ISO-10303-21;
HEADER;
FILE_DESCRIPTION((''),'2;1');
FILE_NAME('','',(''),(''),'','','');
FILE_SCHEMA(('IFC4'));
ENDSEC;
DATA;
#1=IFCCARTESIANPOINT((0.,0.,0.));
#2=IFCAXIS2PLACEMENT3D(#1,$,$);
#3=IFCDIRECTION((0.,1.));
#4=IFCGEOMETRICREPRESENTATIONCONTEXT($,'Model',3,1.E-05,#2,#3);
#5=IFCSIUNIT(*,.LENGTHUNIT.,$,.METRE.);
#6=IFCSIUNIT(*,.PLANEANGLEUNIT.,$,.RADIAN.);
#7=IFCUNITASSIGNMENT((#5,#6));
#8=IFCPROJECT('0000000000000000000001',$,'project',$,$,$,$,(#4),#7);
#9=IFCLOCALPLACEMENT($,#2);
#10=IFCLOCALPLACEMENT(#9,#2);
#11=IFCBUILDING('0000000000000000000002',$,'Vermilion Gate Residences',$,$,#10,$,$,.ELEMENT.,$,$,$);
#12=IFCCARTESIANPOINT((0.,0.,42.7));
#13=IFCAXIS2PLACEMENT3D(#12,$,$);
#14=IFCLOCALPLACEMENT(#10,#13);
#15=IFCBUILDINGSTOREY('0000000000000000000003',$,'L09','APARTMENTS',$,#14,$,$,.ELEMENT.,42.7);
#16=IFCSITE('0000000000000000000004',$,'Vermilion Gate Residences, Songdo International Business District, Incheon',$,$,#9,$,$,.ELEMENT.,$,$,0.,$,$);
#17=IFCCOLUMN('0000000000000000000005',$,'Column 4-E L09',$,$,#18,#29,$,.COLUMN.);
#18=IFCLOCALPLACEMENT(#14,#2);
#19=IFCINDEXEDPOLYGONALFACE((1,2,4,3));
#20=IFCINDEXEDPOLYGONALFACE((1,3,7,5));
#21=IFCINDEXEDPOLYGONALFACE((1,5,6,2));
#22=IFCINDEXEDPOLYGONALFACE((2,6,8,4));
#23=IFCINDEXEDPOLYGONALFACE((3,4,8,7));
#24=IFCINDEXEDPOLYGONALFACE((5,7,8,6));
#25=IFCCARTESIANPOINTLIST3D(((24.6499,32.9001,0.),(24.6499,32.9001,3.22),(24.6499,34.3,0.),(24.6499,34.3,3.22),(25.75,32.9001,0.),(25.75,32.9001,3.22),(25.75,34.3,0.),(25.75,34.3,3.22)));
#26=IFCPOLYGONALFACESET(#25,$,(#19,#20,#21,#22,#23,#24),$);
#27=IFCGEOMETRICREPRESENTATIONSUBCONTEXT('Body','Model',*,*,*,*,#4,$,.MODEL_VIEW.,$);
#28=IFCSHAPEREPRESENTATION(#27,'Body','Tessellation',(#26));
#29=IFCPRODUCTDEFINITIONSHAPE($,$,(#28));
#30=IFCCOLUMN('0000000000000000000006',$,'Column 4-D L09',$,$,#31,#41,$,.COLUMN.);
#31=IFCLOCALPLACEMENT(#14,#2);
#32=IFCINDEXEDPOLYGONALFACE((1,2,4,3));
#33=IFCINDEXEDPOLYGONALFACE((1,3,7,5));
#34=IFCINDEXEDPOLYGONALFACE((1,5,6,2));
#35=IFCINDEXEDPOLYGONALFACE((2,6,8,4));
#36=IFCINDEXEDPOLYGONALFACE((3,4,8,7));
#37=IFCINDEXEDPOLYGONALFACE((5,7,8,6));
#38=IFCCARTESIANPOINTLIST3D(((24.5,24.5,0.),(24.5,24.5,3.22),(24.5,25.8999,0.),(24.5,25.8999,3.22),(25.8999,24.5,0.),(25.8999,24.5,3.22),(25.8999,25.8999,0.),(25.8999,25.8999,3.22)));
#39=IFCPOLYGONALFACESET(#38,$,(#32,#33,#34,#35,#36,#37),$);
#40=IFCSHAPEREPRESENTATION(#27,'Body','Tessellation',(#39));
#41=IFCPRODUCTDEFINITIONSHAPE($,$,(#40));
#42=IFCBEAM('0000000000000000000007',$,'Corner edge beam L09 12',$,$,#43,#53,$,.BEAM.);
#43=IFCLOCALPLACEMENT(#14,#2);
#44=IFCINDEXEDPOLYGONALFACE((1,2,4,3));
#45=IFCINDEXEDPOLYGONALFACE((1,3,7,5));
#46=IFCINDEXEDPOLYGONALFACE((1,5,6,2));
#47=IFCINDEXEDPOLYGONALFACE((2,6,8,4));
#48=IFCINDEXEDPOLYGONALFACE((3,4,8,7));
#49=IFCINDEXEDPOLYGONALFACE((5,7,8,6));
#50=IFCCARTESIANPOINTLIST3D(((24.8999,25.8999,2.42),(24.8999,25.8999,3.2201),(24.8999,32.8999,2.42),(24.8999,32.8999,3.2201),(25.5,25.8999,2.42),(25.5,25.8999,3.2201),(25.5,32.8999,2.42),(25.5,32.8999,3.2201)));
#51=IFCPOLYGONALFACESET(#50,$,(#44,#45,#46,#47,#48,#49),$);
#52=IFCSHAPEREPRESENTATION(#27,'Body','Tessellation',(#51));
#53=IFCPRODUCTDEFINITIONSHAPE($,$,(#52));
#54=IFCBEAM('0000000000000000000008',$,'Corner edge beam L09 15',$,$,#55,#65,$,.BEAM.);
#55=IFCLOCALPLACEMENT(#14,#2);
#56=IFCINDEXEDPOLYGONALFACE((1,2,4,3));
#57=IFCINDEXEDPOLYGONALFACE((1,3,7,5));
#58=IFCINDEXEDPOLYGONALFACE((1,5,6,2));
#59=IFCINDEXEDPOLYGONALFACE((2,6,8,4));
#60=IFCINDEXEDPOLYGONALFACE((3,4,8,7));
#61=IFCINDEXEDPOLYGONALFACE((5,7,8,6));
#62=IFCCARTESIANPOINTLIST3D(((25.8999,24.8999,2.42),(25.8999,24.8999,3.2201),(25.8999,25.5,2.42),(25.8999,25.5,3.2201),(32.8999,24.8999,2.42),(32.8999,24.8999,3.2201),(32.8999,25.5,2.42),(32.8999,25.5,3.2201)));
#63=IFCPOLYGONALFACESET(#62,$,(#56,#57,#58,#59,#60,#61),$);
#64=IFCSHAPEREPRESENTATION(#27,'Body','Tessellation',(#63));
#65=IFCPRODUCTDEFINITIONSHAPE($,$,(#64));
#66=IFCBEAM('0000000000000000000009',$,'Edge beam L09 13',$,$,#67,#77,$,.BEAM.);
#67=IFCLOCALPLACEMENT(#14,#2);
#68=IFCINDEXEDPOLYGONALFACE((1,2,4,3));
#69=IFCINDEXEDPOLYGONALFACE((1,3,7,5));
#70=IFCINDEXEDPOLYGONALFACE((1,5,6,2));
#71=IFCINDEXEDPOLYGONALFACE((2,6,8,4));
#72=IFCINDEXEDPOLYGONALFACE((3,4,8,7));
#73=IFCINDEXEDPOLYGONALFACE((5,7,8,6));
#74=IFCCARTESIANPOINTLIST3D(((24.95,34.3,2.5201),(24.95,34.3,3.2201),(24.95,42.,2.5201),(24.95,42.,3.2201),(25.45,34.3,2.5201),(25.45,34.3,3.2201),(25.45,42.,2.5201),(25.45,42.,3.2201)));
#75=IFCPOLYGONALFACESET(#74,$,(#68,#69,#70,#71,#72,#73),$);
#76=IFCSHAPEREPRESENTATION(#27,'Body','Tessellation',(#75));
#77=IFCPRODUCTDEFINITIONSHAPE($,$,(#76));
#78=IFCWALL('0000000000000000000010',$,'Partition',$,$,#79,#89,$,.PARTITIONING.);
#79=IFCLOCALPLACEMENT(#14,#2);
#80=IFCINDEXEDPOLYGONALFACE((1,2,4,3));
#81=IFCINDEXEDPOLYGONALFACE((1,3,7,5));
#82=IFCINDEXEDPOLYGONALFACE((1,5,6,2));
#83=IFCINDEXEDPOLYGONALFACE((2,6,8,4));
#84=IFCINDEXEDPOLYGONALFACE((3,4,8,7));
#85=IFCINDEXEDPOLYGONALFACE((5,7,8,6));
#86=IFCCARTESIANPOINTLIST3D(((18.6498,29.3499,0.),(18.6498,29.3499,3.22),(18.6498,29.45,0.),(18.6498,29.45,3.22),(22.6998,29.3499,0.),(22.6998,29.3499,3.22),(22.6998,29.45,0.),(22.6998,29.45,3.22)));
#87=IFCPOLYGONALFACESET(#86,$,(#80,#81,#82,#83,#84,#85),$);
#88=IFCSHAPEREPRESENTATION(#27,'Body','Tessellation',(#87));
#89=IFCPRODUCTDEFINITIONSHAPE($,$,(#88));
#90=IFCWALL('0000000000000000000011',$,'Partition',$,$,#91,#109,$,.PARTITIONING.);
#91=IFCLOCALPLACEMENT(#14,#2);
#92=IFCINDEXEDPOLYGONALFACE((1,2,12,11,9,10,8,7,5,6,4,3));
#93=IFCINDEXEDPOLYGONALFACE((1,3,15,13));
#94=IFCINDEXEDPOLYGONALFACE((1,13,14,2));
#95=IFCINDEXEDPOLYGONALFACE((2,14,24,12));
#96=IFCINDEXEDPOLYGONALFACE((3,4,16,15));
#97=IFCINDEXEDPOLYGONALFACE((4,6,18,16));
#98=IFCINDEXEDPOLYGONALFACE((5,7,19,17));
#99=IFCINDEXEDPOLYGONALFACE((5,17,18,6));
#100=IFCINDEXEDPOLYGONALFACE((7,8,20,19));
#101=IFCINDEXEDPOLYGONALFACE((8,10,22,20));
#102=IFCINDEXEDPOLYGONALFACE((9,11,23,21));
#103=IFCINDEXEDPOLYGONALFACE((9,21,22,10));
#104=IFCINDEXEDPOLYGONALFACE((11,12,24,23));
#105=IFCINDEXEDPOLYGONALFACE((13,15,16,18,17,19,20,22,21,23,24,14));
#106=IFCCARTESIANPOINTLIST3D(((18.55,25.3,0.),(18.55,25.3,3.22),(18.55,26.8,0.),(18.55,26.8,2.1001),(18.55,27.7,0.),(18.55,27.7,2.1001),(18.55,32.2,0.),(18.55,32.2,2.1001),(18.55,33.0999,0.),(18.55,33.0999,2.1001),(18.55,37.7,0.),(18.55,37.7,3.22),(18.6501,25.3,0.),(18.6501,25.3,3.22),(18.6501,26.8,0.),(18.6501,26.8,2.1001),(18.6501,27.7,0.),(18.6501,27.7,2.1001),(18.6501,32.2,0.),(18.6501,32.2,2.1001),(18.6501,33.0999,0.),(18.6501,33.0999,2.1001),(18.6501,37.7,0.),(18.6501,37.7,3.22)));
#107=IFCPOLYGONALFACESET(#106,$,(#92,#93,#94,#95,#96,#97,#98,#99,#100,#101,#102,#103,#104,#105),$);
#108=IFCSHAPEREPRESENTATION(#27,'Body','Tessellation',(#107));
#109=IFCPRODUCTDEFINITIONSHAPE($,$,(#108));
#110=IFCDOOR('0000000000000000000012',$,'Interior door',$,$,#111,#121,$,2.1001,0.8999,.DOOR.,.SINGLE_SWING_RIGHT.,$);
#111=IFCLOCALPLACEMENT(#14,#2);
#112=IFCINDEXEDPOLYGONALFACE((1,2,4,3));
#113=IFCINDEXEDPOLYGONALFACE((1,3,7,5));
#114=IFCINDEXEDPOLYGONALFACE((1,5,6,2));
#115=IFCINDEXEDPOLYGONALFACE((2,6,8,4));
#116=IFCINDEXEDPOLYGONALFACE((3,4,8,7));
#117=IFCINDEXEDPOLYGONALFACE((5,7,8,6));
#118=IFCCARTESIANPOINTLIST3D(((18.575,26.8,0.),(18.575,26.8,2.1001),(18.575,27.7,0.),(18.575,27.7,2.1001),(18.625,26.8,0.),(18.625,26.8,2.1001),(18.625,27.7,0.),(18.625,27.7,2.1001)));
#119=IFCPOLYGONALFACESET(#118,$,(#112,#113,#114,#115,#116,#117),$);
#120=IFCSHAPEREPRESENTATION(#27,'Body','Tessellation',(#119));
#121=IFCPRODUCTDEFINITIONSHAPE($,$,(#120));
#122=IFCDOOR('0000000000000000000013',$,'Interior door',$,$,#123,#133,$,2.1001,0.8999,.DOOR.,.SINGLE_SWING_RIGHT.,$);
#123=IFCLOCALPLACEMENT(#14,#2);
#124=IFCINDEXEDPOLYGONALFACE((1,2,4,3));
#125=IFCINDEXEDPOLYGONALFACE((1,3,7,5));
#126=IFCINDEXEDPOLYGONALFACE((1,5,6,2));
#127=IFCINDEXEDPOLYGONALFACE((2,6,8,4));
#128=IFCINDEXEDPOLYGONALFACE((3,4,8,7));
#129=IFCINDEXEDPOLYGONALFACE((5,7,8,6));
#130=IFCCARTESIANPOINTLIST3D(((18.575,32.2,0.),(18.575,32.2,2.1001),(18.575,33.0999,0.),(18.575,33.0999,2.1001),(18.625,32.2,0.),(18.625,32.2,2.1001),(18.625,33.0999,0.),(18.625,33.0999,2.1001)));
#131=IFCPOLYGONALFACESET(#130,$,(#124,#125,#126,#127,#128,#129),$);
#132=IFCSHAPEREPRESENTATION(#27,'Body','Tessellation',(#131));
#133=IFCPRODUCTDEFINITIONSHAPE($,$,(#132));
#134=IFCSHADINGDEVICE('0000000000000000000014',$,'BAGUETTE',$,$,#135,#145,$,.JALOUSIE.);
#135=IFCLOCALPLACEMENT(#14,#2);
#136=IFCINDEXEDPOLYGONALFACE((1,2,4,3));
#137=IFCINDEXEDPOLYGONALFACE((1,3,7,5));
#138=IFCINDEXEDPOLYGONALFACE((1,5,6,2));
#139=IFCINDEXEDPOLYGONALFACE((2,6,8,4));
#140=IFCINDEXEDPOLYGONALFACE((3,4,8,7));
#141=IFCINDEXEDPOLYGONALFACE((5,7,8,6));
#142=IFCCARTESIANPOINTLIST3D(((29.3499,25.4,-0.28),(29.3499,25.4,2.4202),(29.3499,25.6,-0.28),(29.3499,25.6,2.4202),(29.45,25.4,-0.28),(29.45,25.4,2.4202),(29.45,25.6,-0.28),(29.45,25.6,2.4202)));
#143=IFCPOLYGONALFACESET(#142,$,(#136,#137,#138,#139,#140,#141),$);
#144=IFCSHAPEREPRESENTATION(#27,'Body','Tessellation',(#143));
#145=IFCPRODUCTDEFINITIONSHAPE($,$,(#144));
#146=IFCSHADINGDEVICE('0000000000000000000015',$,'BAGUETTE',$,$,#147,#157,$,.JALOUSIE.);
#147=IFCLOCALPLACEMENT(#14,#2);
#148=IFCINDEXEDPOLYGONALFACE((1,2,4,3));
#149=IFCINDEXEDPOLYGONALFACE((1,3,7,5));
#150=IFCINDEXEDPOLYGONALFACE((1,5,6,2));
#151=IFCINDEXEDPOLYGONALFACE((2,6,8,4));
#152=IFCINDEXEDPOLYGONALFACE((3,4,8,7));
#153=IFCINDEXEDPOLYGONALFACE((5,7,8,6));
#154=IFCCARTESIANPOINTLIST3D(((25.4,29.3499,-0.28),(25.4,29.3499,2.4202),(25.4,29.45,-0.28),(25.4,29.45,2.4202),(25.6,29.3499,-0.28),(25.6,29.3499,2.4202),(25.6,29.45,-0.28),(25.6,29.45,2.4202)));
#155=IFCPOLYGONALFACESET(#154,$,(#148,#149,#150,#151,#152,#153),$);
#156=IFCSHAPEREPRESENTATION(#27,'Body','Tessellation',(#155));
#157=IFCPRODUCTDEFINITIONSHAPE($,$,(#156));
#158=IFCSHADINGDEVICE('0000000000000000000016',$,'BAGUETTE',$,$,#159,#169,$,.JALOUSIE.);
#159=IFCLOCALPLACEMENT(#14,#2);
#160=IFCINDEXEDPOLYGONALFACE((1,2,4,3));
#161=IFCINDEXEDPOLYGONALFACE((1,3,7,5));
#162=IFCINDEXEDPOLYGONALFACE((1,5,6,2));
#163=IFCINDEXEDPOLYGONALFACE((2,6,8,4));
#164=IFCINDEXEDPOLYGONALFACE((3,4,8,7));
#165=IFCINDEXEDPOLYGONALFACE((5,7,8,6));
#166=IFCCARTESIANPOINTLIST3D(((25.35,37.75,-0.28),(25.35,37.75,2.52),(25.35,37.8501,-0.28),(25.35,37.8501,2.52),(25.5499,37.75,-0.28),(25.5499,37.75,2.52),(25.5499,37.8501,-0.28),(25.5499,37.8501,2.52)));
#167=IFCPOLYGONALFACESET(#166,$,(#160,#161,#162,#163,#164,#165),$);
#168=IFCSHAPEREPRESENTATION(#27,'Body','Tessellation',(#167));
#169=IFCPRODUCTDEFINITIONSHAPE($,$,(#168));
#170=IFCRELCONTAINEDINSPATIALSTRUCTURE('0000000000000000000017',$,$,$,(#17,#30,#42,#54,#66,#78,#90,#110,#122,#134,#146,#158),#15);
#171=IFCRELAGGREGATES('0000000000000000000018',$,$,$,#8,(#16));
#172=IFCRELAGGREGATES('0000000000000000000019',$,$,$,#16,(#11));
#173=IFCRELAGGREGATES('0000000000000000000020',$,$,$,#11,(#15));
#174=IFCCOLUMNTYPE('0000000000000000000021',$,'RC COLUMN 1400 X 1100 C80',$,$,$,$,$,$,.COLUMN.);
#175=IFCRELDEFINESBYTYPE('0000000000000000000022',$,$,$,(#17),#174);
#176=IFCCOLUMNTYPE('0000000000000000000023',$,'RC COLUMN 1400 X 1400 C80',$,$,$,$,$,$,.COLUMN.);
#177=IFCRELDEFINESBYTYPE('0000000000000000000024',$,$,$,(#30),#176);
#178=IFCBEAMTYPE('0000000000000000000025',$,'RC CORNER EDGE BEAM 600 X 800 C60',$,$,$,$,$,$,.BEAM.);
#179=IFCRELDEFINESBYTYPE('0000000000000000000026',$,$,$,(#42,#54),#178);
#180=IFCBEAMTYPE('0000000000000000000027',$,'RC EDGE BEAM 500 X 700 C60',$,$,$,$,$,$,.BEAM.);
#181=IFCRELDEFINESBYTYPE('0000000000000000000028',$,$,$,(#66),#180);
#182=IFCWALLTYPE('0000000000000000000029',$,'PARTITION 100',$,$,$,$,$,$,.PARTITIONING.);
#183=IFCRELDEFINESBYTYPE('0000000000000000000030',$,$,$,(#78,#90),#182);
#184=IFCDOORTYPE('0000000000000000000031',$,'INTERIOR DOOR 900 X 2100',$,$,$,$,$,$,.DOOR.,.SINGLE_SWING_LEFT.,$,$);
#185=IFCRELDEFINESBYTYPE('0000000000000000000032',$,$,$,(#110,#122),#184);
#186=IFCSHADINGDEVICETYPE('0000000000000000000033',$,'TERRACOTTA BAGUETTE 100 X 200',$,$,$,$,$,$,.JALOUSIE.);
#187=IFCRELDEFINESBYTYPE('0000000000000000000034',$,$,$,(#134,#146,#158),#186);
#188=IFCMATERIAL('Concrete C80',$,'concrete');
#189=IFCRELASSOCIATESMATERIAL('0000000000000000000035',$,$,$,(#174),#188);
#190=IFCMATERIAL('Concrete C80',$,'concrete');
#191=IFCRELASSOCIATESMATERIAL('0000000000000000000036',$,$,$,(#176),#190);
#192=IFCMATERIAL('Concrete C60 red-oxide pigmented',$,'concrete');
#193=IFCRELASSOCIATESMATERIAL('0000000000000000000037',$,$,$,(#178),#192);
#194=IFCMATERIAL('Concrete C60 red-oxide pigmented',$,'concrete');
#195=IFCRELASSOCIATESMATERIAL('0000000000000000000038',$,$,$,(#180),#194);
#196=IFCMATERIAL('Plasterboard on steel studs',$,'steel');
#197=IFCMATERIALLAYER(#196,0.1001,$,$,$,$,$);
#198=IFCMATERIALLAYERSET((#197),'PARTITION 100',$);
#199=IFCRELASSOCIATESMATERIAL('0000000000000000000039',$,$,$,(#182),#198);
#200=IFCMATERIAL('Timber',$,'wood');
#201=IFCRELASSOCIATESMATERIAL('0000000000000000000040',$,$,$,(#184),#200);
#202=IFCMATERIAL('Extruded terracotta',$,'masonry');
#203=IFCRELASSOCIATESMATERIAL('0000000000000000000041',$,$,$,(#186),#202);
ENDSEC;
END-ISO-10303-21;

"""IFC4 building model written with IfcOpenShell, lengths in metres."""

from ifc_helpers import new_model, si_unit, direction, frame, frame_2d, origin, origin_2d, place, context, subcontext, project, spatial, rectangle, extrude, material, layer, layer_set, material_profile, profile_set, type_object, element, fill, save


model = new_model("IFC4")

# Units and contexts
model_context = context("Model", 3, precision=1e-05, world=origin(), true_north=direction((0.0, 1.0)))
body_context = subcontext(model_context, "Body", "Model", "MODEL_VIEW")
ifc_project = project(units=[si_unit("LENGTHUNIT", "METRE"), si_unit("PLANEANGLEUNIT", "RADIAN")], contexts=[model_context])

# Site, building, storey
site_placement = place(None, origin())
site = spatial("IfcSite", under=ifc_project, at=site_placement, Name="Vermilion Gate Residences, Songdo International Business District, Incheon", CompositionType="ELEMENT", RefElevation=0.0)
building_placement = place(site_placement, origin())
building = spatial("IfcBuilding", under=site, at=building_placement, Name="Vermilion Gate Residences", CompositionType="ELEMENT")
storey_placement = place(building_placement, frame((0.0, 0.0, 42.7)))
storey = spatial("IfcBuildingStorey", under=building, at=storey_placement, Name="L09", Description="APARTMENTS", CompositionType="ELEMENT", Elevation=42.7)

# Columns
ifc_material_1 = material(Name="Concrete C80", Category="concrete")
ifc_material_profile_1 = material_profile(ifc_material_1, rectangle(XDim=1.3999, YDim=1.1001, at=origin_2d()), Name="RC-1400x1100")
ifc_profile_set_1 = profile_set([ifc_material_profile_1], Name="Concrete C80")
column_type_1 = type_object("IfcColumnType", Name="RC COLUMN 1400 X 1100 C80", PredefinedType="COLUMN", material=ifc_profile_set_1)
column_1_placement = place(storey_placement, frame((25.2, 33.6001, 0.0), z_axis=(0.0, 0.0, 1.0), x_axis=(0.0, 1.0, 0.0)))
element("IfcColumn", 1, at=column_1_placement, inside=storey, type_object=column_type_1, Name="Column 4-E L09", PredefinedType="COLUMN", context=body_context, shape_type="SweptSolid", body=[
    extrude(rectangle(XDim=1.3999, YDim=1.1001, at=origin_2d()), origin(), (0.0, 0.0, 1.0), 3.22),
])
ifc_material_2 = material(Name="Concrete C80", Category="concrete")
ifc_material_profile_2 = material_profile(ifc_material_2, rectangle(XDim=1.3999, YDim=1.3999, at=origin_2d()), Name="RC-1400x1400")
ifc_profile_set_2 = profile_set([ifc_material_profile_2], Name="Concrete C80")
column_type_2 = type_object("IfcColumnType", Name="RC COLUMN 1400 X 1400 C80", PredefinedType="COLUMN", material=ifc_profile_set_2)
column_2_placement = place(storey_placement, frame((25.2, 25.2, 0.0), z_axis=(0.0, 0.0, 1.0), x_axis=(1.0, 0.0, 0.0)))
element("IfcColumn", 2, at=column_2_placement, inside=storey, type_object=column_type_2, Name="Column 4-D L09", PredefinedType="COLUMN", context=body_context, shape_type="SweptSolid", body=[
    extrude(rectangle(XDim=1.3999, YDim=1.3999, at=origin_2d()), origin(), (0.0, 0.0, 1.0), 3.22),
])

# Beams
ifc_material_3 = material(Name="Concrete C60 red-oxide pigmented", Category="concrete")
ifc_material_profile_3 = material_profile(ifc_material_3, rectangle(XDim=0.6001, YDim=0.8, at=origin_2d()), Name="RC-600x800")
ifc_profile_set_3 = profile_set([ifc_material_profile_3], Name="Concrete C60 red-oxide pigmented")
beam_type_1 = type_object("IfcBeamType", Name="RC CORNER EDGE BEAM 600 X 800 C60", PredefinedType="BEAM", material=ifc_profile_set_3)
for number, where, z_axis, x_axis, name in (
    (3, (25.2, 25.8999, 2.8201), (0.0, 1.0, 0.0), (-1.0, 0.0, 0.0), "Corner edge beam L09 12"),
    (4, (25.8999, 25.2, 2.8201), (1.0, 0.0, 0.0), (0.0, 1.0, 0.0), "Corner edge beam L09 15"),
):
    element("IfcBeam", number, at=place(storey_placement, frame(where, z_axis=z_axis, x_axis=x_axis)), inside=storey, type_object=beam_type_1, Name=name, PredefinedType="BEAM", context=body_context, shape_type="SweptSolid", body=[
        extrude(rectangle(XDim=0.6001, YDim=0.8, at=origin_2d()), origin(), (0.0, 0.0, 1.0), 7.0),
    ])
ifc_material_4 = material(Name="Concrete C60 red-oxide pigmented", Category="concrete")
ifc_material_profile_4 = material_profile(ifc_material_4, rectangle(XDim=0.5, YDim=0.7, at=origin_2d()), Name="RC-500x700")
ifc_profile_set_4 = profile_set([ifc_material_profile_4], Name="Concrete C60 red-oxide pigmented")
beam_type_2 = type_object("IfcBeamType", Name="RC EDGE BEAM 500 X 700 C60", PredefinedType="BEAM", material=ifc_profile_set_4)
beam_placement = place(storey_placement, frame((25.2, 34.3, 2.8701), z_axis=(0.0, 1.0, 0.0), x_axis=(-1.0, 0.0, 0.0)))
element("IfcBeam", 5, at=beam_placement, inside=storey, type_object=beam_type_2, Name="Edge beam L09 13", PredefinedType="BEAM", context=body_context, shape_type="SweptSolid", body=[
    extrude(rectangle(XDim=0.5, YDim=0.7, at=origin_2d()), origin(), (0.0, 0.0, 1.0), 7.7),
])

# Wall
ifc_material_5 = material(Name="Plasterboard on steel studs", Category="steel")
ifc_layer = layer(ifc_material_5, 0.1001)
ifc_layer_set = layer_set([ifc_layer], Name="PARTITION 100")
wall_type = type_object("IfcWallType", Name="PARTITION 100", PredefinedType="PARTITIONING", material=ifc_layer_set)
wall_1_placement = place(storey_placement, frame((18.6499, 29.3999, 0.0), z_axis=(0.0, 0.0, 1.0), x_axis=(1.0, 0.0, 0.0)))
element("IfcWall", 6, at=wall_1_placement, inside=storey, type_object=wall_type, Name="Partition", PredefinedType="PARTITIONING", context=body_context, shape_type="SweptSolid", body=[
    extrude(rectangle(XDim=4.05, YDim=0.1001, at=frame_2d((2.0249, 0.0))), origin(), (0.0, 0.0, 1.0), 3.22),
])

# Wall, openings, doors
wall_2_placement = place(storey_placement, frame((18.6001, 25.3, 0.0), z_axis=(0.0, 0.0, 1.0), x_axis=(0.0, 1.0, 0.0)))
wall_2 = element("IfcWall", 7, at=wall_2_placement, inside=storey, type_object=wall_type, Name="Partition", PredefinedType="PARTITIONING", context=body_context, shape_type="SweptSolid", body=[
    extrude(rectangle(XDim=12.3999, YDim=0.1001, at=frame_2d((6.2, 0.0))), origin(), (0.0, 0.0, 1.0), 3.22),
])
opening_1_placement = place(wall_2_placement, frame((1.5, 0.0, 0.0)))
opening_1 = element("IfcOpeningElement", 8, at=opening_1_placement, cuts=wall_2, PredefinedType="OPENING", context=body_context, shape_type="SweptSolid", body=[
    extrude(rectangle(XDim=0.8999, YDim=2.1001, at=frame_2d((0.45, 1.05))), frame((0.0, 0.0601, 0.0), z_axis=(0.0, -1.0, 0.0), x_axis=(1.0, 0.0, 0.0)), (0.0, 0.0, 1.0), 0.1201),
])
opening_2_placement = place(wall_2_placement, frame((6.8999, 0.0, 0.0)))
opening_2 = element("IfcOpeningElement", 9, at=opening_2_placement, cuts=wall_2, PredefinedType="OPENING", context=body_context, shape_type="SweptSolid", body=[
    extrude(rectangle(XDim=0.8999, YDim=2.1001, at=frame_2d((0.45, 1.05))), frame((0.0, 0.0601, 0.0), z_axis=(0.0, -1.0, 0.0), x_axis=(1.0, 0.0, 0.0)), (0.0, 0.0, 1.0), 0.1201),
])
ifc_material_6 = material(Name="Timber", Category="wood")
door_type = type_object("IfcDoorType", Name="INTERIOR DOOR 900 X 2100", OperationType="SINGLE_SWING_LEFT", PredefinedType="DOOR", material=ifc_material_6)
door_1_placement = place(opening_1_placement, frame((0.8999, 0.0, 0.0), z_axis=(0.0, 0.0, 1.0), x_axis=(-1.0, 0.0, 0.0)))
door_1 = element("IfcDoor", 10, at=door_1_placement, inside=storey, type_object=door_type, Name="Interior door", OperationType="SINGLE_SWING_RIGHT", OverallHeight=2.1001, OverallWidth=0.8999, PredefinedType="DOOR", context=body_context, shape_type="SweptSolid", body=[
    extrude(rectangle(XDim=0.8999, YDim=2.1001, at=frame_2d((0.45, 1.05))), frame((0.0, 0.0249, 0.0), z_axis=(0.0, -1.0, 0.0), x_axis=(1.0, 0.0, 0.0)), (0.0, 0.0, 1.0), 0.05),
])
fill(opening_1, door_1)
door_2_placement = place(opening_2_placement, frame((0.8999, 0.0, 0.0), z_axis=(0.0, 0.0, 1.0), x_axis=(-1.0, 0.0, 0.0)))
door_2 = element("IfcDoor", 11, at=door_2_placement, inside=storey, type_object=door_type, Name="Interior door", OperationType="SINGLE_SWING_RIGHT", OverallHeight=2.1001, OverallWidth=0.8999, PredefinedType="DOOR", context=body_context, shape_type="SweptSolid", body=[
    extrude(rectangle(XDim=0.8999, YDim=2.1001, at=frame_2d((0.45, 1.05))), frame((0.0, 0.0249, 0.0), z_axis=(0.0, -1.0, 0.0), x_axis=(1.0, 0.0, 0.0)), (0.0, 0.0, 1.0), 0.05),
])
fill(opening_2, door_2)

# Shading devices
ifc_material_7 = material(Name="Extruded terracotta", Category="masonry")
ifc_material_profile_5 = material_profile(ifc_material_7, rectangle(XDim=0.2, YDim=0.1001, at=origin_2d()), Name="BAGUETTE 100 X 200")
ifc_profile_set_5 = profile_set([ifc_material_profile_5], Name="Extruded terracotta")
shading_device_type = type_object("IfcShadingDeviceType", Name="TERRACOTTA BAGUETTE 100 X 200", PredefinedType="JALOUSIE", material=ifc_profile_set_5)
for number, where, z_axis, x_axis, name in (
    (12, (29.3999, 25.5, -0.28), (0.0, 0.0, 1.0), (0.0, -1.0, 0.0), "BAGUETTE"),
    (13, (25.5, 29.3999, -0.28), (0.0, 0.0, 1.0), (-1.0, 0.0, 0.0), "BAGUETTE"),
):
    element("IfcShadingDevice", number, at=place(storey_placement, frame(where, z_axis=z_axis, x_axis=x_axis)), inside=storey, type_object=shading_device_type, Name=name, PredefinedType="JALOUSIE", context=body_context, shape_type="SweptSolid", body=[
        extrude(rectangle(XDim=0.2, YDim=0.1001, at=origin_2d()), origin(), (0.0, 0.0, 1.0), 2.7002),
    ])
shading_device_placement = place(storey_placement, frame((25.45, 37.8, -0.28), z_axis=(0.0, 0.0, 1.0), x_axis=(-1.0, 0.0, 0.0)))
element("IfcShadingDevice", 14, at=shading_device_placement, inside=storey, type_object=shading_device_type, Name="BAGUETTE", PredefinedType="JALOUSIE", context=body_context, shape_type="SweptSolid", body=[
    extrude(rectangle(XDim=0.2, YDim=0.1001, at=origin_2d()), origin(), (0.0, 0.0, 1.0), 2.8),
])

save(model, "model.ifc")
